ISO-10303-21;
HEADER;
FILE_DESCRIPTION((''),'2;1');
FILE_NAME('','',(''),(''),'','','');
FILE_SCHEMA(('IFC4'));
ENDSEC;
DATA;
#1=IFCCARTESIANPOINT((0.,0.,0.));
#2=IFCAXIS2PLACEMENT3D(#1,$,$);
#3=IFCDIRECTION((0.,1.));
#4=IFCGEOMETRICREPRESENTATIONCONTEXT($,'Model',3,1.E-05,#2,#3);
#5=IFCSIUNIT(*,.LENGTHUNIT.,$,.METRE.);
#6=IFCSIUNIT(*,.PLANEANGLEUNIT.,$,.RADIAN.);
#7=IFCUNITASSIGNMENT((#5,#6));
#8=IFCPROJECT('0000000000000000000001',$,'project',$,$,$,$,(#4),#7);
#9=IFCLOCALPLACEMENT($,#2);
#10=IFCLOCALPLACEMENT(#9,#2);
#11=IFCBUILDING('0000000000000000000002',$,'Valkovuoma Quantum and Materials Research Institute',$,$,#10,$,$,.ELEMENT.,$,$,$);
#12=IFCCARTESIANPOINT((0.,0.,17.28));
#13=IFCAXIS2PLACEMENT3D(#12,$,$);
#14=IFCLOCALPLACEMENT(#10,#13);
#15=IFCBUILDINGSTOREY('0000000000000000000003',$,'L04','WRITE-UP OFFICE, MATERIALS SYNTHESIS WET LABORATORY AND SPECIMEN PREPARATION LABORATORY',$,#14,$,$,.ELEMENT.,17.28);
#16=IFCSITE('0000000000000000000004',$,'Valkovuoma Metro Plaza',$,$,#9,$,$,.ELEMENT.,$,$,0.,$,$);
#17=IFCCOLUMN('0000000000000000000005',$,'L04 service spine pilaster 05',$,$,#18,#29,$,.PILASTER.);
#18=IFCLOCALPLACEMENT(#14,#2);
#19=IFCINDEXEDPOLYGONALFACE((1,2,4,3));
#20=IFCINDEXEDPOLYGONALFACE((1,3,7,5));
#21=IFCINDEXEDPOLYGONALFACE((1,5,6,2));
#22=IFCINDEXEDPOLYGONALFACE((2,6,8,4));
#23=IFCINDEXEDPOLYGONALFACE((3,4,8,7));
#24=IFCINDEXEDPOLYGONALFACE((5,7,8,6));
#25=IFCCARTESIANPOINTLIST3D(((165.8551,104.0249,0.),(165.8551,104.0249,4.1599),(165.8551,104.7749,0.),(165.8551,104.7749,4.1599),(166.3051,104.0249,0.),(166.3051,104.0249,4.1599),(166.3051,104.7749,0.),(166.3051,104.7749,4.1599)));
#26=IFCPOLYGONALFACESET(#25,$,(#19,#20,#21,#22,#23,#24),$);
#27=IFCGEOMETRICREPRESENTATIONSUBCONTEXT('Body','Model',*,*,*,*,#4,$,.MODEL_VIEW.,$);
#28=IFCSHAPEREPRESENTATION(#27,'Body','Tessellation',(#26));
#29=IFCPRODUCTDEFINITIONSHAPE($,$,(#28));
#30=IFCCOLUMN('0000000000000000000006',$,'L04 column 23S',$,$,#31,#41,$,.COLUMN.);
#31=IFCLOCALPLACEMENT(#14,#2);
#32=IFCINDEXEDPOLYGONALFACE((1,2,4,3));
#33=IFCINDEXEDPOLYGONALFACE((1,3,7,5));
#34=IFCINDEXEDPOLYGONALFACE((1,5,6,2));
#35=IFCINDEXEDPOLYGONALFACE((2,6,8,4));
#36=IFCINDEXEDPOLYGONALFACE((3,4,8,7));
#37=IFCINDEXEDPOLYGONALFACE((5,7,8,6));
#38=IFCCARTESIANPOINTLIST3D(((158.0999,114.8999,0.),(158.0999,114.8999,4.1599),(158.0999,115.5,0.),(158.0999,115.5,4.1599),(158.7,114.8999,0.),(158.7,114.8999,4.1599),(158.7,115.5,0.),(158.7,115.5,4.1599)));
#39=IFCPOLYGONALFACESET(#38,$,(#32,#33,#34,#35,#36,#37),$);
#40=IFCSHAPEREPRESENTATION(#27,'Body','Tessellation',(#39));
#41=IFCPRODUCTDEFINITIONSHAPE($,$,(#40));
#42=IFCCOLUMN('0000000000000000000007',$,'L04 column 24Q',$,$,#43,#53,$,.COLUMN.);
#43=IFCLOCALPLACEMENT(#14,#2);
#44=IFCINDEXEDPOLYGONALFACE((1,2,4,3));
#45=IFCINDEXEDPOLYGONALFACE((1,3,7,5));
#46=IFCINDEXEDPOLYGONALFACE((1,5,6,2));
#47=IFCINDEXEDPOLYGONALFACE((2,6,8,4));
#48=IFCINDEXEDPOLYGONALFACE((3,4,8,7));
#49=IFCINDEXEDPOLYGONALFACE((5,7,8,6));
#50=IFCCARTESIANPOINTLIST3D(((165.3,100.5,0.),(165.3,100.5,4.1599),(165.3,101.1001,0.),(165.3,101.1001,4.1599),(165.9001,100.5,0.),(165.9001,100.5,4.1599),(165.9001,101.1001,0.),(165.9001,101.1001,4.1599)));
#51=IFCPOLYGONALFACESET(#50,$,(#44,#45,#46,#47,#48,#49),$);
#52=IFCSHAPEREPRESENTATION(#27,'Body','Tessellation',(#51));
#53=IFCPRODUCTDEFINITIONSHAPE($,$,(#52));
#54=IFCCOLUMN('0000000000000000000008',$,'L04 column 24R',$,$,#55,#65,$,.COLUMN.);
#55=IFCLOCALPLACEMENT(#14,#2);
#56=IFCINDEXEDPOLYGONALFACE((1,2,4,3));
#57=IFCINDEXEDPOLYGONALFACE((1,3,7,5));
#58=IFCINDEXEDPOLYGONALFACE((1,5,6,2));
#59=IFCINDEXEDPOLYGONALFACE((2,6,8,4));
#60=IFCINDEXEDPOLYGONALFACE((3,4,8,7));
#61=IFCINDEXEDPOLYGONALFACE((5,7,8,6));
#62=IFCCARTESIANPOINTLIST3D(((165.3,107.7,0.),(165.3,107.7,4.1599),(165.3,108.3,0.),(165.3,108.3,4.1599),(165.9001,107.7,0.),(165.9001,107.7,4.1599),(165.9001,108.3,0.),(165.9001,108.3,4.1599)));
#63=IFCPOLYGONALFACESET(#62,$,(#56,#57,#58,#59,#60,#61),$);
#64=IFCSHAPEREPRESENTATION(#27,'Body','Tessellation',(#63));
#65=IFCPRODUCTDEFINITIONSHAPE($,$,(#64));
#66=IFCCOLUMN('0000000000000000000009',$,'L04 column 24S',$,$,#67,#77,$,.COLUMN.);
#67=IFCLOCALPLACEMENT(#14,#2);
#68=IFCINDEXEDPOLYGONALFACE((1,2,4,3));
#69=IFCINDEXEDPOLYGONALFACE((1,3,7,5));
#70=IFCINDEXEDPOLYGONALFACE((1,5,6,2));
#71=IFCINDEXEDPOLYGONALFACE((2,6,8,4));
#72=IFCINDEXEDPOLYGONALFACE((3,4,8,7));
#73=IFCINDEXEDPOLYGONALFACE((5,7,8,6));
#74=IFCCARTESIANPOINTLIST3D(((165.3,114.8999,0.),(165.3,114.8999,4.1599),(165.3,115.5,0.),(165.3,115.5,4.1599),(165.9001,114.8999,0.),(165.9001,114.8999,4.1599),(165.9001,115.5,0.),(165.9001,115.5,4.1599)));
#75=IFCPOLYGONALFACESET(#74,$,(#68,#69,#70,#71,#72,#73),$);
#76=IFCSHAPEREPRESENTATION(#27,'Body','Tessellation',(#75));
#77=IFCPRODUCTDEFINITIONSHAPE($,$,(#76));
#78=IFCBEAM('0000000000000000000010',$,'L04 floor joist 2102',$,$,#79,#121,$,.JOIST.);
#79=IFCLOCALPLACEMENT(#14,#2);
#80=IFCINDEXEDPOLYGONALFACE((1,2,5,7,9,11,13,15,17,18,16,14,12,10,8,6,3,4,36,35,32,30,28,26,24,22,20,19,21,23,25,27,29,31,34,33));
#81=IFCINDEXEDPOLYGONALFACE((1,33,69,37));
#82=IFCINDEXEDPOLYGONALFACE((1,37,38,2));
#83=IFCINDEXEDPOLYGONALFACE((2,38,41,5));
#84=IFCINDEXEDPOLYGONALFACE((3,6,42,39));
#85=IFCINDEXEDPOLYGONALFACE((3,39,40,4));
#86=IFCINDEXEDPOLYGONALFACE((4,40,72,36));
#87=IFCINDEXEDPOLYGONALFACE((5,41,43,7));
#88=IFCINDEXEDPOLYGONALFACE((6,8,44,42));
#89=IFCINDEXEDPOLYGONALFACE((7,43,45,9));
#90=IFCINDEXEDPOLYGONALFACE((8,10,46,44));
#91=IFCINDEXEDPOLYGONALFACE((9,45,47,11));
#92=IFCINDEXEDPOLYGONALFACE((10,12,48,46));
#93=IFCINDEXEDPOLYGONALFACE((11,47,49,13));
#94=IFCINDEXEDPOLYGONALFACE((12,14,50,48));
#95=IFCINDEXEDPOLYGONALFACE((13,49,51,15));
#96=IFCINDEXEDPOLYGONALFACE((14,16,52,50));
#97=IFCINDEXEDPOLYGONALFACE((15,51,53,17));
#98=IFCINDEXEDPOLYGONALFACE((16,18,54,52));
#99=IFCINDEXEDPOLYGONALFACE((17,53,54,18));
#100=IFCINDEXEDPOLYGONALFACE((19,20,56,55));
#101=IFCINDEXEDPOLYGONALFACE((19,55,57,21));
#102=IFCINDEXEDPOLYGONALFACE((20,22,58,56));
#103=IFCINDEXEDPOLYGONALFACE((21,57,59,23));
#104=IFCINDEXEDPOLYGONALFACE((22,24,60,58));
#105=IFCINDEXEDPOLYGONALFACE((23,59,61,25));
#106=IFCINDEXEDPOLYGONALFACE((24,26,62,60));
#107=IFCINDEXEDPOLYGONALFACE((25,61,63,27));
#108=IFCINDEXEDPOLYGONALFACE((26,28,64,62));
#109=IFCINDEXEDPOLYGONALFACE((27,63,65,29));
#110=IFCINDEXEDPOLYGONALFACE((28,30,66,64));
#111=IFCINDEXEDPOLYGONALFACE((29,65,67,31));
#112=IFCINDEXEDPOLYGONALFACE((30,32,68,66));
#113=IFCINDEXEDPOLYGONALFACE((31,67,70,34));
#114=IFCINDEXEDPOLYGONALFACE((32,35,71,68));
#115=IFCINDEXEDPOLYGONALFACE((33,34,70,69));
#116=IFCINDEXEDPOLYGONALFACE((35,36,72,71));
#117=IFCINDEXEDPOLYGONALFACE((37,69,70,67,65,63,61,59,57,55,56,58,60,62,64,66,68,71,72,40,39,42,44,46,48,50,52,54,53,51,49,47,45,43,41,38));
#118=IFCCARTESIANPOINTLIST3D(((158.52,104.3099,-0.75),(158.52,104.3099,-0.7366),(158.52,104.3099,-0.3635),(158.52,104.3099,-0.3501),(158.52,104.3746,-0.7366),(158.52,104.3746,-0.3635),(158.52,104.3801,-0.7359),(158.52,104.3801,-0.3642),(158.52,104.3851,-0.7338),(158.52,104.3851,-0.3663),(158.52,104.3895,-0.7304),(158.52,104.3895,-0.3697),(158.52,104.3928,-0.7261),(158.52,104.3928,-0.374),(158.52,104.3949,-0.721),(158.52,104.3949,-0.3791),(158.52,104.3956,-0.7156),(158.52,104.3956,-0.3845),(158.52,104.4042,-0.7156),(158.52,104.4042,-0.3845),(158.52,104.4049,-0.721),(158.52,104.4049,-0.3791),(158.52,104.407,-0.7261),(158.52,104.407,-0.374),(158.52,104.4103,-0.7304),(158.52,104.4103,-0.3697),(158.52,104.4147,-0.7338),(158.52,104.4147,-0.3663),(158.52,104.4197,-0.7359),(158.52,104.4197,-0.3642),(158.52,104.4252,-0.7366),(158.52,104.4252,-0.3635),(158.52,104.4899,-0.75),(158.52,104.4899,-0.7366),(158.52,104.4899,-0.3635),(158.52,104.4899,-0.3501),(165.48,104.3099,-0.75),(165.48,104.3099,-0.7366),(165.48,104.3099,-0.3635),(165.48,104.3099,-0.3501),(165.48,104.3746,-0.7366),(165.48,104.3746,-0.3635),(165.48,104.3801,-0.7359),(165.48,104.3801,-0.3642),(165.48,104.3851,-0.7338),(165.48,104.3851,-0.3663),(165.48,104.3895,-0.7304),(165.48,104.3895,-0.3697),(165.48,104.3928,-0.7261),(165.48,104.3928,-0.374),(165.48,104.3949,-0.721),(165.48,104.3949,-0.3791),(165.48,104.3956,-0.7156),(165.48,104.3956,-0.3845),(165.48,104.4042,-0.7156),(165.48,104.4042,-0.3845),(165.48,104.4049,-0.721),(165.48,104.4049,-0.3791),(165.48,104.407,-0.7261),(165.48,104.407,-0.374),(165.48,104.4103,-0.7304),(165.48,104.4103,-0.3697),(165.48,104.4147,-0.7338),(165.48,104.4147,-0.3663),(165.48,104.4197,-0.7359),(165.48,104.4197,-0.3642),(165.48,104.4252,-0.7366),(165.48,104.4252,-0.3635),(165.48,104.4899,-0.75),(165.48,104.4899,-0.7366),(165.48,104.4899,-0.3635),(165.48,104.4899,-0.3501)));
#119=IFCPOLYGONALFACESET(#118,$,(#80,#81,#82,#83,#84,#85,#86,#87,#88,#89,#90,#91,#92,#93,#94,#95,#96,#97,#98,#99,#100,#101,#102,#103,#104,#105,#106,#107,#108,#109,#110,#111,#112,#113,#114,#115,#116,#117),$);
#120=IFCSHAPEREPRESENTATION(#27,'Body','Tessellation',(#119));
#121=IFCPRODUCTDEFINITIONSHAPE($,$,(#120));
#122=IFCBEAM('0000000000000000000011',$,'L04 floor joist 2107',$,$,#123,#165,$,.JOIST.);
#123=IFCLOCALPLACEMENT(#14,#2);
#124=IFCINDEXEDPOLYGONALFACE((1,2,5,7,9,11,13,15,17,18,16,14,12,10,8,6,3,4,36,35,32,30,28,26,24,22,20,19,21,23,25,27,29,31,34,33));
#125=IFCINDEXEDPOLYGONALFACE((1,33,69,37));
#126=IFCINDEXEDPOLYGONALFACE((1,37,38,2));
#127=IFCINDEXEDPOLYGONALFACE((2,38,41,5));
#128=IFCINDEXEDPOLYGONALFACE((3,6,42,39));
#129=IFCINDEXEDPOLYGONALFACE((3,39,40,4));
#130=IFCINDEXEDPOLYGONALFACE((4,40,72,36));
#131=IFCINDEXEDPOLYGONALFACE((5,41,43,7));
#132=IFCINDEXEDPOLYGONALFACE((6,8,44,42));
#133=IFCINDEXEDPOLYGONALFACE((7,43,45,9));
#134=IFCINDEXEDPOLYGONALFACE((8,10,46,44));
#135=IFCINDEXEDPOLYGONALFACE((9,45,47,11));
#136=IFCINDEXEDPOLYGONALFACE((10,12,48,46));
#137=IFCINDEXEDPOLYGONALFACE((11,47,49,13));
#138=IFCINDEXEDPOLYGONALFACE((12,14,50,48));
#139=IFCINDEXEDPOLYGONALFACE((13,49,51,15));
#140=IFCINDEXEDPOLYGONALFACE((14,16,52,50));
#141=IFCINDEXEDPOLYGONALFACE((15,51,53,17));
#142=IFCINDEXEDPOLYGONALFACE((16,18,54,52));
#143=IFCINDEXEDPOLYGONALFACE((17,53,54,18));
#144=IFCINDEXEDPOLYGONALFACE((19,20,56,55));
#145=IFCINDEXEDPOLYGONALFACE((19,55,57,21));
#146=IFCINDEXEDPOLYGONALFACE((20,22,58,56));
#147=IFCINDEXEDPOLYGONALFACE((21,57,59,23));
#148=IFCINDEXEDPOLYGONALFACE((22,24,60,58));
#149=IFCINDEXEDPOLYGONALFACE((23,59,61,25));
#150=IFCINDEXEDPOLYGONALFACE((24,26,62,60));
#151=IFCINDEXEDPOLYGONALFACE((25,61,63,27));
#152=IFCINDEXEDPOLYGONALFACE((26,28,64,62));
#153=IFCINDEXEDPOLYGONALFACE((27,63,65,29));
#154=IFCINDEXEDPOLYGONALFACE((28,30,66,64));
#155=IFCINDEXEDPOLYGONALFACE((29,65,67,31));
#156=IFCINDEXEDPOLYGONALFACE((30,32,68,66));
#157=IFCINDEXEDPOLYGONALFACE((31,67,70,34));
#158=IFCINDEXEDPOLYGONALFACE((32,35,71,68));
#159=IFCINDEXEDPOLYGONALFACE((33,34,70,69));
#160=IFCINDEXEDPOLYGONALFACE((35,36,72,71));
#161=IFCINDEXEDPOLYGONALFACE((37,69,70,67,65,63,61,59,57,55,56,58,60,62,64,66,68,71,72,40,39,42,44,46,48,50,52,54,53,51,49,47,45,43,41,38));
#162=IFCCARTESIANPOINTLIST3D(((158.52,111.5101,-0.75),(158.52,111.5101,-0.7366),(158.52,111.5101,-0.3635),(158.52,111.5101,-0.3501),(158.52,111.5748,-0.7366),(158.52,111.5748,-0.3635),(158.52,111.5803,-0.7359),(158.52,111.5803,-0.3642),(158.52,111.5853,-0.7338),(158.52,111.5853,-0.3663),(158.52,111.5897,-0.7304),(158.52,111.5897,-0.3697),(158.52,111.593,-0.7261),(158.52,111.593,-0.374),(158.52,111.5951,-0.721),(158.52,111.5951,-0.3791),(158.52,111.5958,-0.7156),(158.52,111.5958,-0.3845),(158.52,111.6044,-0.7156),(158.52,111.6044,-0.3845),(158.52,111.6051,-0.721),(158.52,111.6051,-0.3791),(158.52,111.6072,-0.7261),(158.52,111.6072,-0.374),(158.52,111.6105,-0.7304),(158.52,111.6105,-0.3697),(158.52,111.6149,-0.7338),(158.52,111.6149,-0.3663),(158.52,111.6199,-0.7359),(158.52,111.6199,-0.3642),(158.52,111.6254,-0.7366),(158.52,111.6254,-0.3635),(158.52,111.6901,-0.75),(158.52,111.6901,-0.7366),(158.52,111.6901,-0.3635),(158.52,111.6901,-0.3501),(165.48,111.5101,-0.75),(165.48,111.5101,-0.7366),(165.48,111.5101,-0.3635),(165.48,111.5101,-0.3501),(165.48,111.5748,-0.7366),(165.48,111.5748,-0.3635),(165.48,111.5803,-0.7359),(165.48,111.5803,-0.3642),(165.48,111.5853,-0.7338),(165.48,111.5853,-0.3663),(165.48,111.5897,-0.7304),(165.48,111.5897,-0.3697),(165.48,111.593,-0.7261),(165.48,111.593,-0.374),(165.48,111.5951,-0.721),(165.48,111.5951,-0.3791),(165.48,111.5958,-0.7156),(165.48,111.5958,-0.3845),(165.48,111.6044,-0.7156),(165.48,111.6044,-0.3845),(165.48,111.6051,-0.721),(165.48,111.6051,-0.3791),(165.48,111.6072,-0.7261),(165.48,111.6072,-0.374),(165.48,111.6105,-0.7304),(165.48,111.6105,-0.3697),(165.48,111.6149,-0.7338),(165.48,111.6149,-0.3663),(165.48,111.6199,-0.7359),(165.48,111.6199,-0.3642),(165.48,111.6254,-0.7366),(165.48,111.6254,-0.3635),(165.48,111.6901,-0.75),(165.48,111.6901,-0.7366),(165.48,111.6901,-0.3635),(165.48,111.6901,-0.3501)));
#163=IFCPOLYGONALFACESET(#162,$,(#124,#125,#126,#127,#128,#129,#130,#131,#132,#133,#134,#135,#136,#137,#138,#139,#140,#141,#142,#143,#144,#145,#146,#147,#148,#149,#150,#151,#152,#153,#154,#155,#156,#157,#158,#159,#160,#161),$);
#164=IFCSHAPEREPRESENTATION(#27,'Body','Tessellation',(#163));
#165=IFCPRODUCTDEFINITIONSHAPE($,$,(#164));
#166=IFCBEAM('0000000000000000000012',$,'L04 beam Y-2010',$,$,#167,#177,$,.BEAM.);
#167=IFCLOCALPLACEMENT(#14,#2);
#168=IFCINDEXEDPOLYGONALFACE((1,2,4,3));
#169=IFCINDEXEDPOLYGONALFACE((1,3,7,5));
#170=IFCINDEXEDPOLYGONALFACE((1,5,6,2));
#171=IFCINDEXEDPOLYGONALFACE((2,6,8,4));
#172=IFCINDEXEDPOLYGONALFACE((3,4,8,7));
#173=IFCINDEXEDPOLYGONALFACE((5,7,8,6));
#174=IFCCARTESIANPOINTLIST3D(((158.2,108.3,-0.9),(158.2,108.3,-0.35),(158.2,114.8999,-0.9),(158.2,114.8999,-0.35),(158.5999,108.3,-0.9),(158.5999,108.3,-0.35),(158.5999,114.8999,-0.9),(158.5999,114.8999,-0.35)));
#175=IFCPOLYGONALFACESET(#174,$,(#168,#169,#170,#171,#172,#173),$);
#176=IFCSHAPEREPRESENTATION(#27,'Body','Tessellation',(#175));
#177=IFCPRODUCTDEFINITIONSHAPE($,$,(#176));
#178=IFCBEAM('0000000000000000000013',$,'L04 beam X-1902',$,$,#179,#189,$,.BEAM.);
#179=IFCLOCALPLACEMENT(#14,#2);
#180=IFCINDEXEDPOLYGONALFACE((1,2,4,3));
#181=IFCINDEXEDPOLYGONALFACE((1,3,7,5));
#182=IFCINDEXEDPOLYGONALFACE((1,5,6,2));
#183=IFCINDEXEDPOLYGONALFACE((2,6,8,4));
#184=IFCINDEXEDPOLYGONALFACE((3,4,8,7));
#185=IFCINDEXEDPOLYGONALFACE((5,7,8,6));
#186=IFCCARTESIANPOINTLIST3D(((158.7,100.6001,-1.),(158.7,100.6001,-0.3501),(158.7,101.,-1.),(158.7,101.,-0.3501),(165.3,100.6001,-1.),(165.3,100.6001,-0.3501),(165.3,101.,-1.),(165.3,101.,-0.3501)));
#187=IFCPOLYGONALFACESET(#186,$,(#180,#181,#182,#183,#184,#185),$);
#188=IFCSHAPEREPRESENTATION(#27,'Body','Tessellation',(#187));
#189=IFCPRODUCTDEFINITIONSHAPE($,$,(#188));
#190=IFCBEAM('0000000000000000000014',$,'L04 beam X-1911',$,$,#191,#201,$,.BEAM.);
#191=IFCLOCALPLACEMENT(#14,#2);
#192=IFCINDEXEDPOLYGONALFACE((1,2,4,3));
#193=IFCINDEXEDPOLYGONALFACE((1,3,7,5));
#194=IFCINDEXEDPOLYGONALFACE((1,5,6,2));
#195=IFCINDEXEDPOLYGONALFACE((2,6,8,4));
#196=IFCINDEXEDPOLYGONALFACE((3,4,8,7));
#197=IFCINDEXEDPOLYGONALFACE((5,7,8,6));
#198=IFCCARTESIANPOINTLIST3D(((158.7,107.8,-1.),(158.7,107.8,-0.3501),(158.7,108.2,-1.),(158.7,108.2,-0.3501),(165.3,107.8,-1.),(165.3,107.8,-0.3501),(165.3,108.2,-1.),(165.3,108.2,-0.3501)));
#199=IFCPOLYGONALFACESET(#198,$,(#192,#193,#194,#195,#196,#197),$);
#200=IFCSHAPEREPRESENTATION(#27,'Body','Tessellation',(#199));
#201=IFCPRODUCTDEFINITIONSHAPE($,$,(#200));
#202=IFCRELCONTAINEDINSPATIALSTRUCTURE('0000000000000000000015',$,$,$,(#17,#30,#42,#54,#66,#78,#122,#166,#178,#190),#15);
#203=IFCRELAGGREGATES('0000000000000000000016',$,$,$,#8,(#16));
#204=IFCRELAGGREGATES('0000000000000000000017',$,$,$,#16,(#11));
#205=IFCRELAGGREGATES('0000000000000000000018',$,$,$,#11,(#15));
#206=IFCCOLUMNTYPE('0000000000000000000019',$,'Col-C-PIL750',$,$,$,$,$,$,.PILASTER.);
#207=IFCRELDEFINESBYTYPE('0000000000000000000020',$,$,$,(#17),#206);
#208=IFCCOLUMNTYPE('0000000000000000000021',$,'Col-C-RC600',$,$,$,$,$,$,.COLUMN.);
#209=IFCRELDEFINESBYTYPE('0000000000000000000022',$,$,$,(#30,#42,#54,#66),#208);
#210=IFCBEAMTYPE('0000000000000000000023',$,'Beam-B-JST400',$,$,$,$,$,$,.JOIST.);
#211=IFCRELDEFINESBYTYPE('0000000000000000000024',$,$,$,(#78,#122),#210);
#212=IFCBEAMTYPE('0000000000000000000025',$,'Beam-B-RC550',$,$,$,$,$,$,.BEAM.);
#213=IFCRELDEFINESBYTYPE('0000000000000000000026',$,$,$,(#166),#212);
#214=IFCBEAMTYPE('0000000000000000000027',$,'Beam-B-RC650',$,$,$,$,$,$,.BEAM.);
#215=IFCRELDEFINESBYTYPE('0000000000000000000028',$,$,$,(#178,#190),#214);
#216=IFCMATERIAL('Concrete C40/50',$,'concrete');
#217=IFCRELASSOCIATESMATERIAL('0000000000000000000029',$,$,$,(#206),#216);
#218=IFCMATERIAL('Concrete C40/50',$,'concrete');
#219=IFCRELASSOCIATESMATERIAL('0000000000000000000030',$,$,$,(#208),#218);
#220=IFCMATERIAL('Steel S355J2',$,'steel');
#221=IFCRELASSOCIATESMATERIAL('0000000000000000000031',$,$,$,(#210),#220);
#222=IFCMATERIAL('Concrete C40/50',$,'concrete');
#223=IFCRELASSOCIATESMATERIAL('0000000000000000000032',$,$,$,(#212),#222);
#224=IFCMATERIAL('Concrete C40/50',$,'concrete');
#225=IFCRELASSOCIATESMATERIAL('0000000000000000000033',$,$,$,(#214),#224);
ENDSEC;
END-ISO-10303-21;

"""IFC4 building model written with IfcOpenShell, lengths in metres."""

from ifc_helpers import new_model, si_unit, direction, frame, origin, origin_2d, place, context, subcontext, project, spatial, rectangle, i_section, extrude, material, material_profile, profile_set, type_object, element, save


model = new_model("IFC4")

# Units and contexts
model_context = context("Model", 3, precision=1e-05, world=origin(), true_north=direction((0.0, 1.0)))
body_context = subcontext(model_context, "Body", "Model", "MODEL_VIEW")
ifc_project = project(units=[si_unit("LENGTHUNIT", "METRE"), si_unit("PLANEANGLEUNIT", "RADIAN")], contexts=[model_context])

# Site, building, storey
site_placement = place(None, origin())
site = spatial("IfcSite", under=ifc_project, at=site_placement, Name="Valkovuoma Metro Plaza", CompositionType="ELEMENT", RefElevation=0.0)
building_placement = place(site_placement, origin())
building = spatial("IfcBuilding", under=site, at=building_placement, Name="Valkovuoma Quantum and Materials Research Institute", CompositionType="ELEMENT")
storey_placement = place(building_placement, frame((0.0, 0.0, 17.28)))
storey = spatial("IfcBuildingStorey", under=building, at=storey_placement, Name="L04", Description="WRITE-UP OFFICE, MATERIALS SYNTHESIS WET LABORATORY AND SPECIMEN PREPARATION LABORATORY", CompositionType="ELEMENT", Elevation=17.28)

# Columns
ifc_material_1 = material(Name="Concrete C40/50", Category="concrete")
ifc_material_profile_1 = material_profile(ifc_material_1, rectangle(XDim=0.45, YDim=0.75, at=origin_2d()), Name="Concrete C40/50")
ifc_profile_set_1 = profile_set([ifc_material_profile_1], Name="Concrete C40/50")
column_type_1 = type_object("IfcColumnType", Name="Col-C-PIL750", PredefinedType="PILASTER", material=ifc_profile_set_1)
column_placement = place(storey_placement, frame((166.0801, 104.3999, 0.0), z_axis=(0.0, 0.0, 1.0), x_axis=(1.0, 0.0, 0.0)))
element("IfcColumn", 1, at=column_placement, inside=storey, type_object=column_type_1, Name="L04 service spine pilaster 05", PredefinedType="PILASTER", context=body_context, shape_type="SweptSolid", body=[
    extrude(rectangle(XDim=0.45, YDim=0.75, at=origin_2d()), origin(), (0.0, 0.0, 1.0), 4.1599),
])
ifc_material_2 = material(Name="Concrete C40/50", Category="concrete")
ifc_material_profile_2 = material_profile(ifc_material_2, rectangle(XDim=0.6001, YDim=0.6001, at=origin_2d()), Name="Concrete C40/50")
ifc_profile_set_2 = profile_set([ifc_material_profile_2], Name="Concrete C40/50")
column_type_2 = type_object("IfcColumnType", Name="Col-C-RC600", PredefinedType="COLUMN", material=ifc_profile_set_2)
for number, where, z_axis, x_axis, name in (
    (2, (158.3999, 115.2, 0.0), (0.0, 0.0, 1.0), (1.0, 0.0, 0.0), "L04 column 23S"),
    (3, (165.6001, 100.8, 0.0), (0.0, 0.0, 1.0), (1.0, 0.0, 0.0), "L04 column 24Q"),
    (4, (165.6001, 108.0, 0.0), (0.0, 0.0, 1.0), (1.0, 0.0, 0.0), "L04 column 24R"),
    (5, (165.6001, 115.2, 0.0), (0.0, 0.0, 1.0), (1.0, 0.0, 0.0), "L04 column 24S"),
):
    element("IfcColumn", number, at=place(storey_placement, frame(where, z_axis=z_axis, x_axis=x_axis)), inside=storey, type_object=column_type_2, Name=name, PredefinedType="COLUMN", context=body_context, shape_type="SweptSolid", body=[
        extrude(rectangle(XDim=0.6001, YDim=0.6001, at=origin_2d()), origin(), (0.0, 0.0, 1.0), 4.1599),
    ])

# Beams
ifc_material_3 = material(Name="Steel S355J2", Category="steel")
ifc_material_profile_3 = material_profile(ifc_material_3, i_section(OverallWidth=0.1799, OverallDepth=0.3999, WebThickness=0.0085, FlangeThickness=0.0134, FilletRadius=0.021, at=origin_2d()), Name="Steel S355J2")
ifc_profile_set_3 = profile_set([ifc_material_profile_3], Name="Steel S355J2")
beam_type_1 = type_object("IfcBeamType", Name="Beam-B-JST400", PredefinedType="JOIST", material=ifc_profile_set_3)
for number, where, z_axis, x_axis, name in (
    (6, (158.52, 104.3999, -0.55), (1.0, 0.0, 0.0), (0.0, 1.0, 0.0), "L04 floor joist 2102"),
    (7, (158.52, 111.6001, -0.55), (1.0, 0.0, 0.0), (0.0, 1.0, 0.0), "L04 floor joist 2107"),
):
    element("IfcBeam", number, at=place(storey_placement, frame(where, z_axis=z_axis, x_axis=x_axis)), inside=storey, type_object=beam_type_1, Name=name, PredefinedType="JOIST", context=body_context, shape_type="SweptSolid", body=[
        extrude(i_section(OverallWidth=0.1799, OverallDepth=0.3999, WebThickness=0.0085, FlangeThickness=0.0134, FilletRadius=0.021, at=origin_2d()), origin(), (0.0, 0.0, 1.0), 6.96),
    ])
ifc_material_4 = material(Name="Concrete C40/50", Category="concrete")
ifc_material_profile_4 = material_profile(ifc_material_4, rectangle(XDim=0.3999, YDim=0.55, at=origin_2d()), Name="Concrete C40/50")
ifc_profile_set_4 = profile_set([ifc_material_profile_4], Name="Concrete C40/50")
beam_type_2 = type_object("IfcBeamType", Name="Beam-B-RC550", PredefinedType="BEAM", material=ifc_profile_set_4)
beam_1_placement = place(storey_placement, frame((158.3999, 108.3, -0.625), z_axis=(0.0, 1.0, 0.0), x_axis=(-1.0, 0.0, 0.0)))
element("IfcBeam", 8, at=beam_1_placement, inside=storey, type_object=beam_type_2, Name="L04 beam Y-2010", PredefinedType="BEAM", context=body_context, shape_type="SweptSolid", body=[
    extrude(rectangle(XDim=0.3999, YDim=0.55, at=origin_2d()), origin(), (0.0, 0.0, 1.0), 6.5999),
])
ifc_material_5 = material(Name="Concrete C40/50", Category="concrete")
ifc_material_profile_5 = material_profile(ifc_material_5, rectangle(XDim=0.3999, YDim=0.6499, at=origin_2d()), Name="Concrete C40/50")
ifc_profile_set_5 = profile_set([ifc_material_profile_5], Name="Concrete C40/50")
beam_type_3 = type_object("IfcBeamType", Name="Beam-B-RC650", PredefinedType="BEAM", material=ifc_profile_set_5)
for number, where, z_axis, x_axis, name in (
    (9, (158.7, 100.8, -0.675), (1.0, 0.0, 0.0), (0.0, 1.0, 0.0), "L04 beam X-1902"),
    (10, (158.7, 108.0, -0.675), (1.0, 0.0, 0.0), (0.0, 1.0, 0.0), "L04 beam X-1911"),
):
    element("IfcBeam", number, at=place(storey_placement, frame(where, z_axis=z_axis, x_axis=x_axis)), inside=storey, type_object=beam_type_3, Name=name, PredefinedType="BEAM", context=body_context, shape_type="SweptSolid", body=[
        extrude(rectangle(XDim=0.3999, YDim=0.6499, at=origin_2d()), origin(), (0.0, 0.0, 1.0), 6.6001),
    ])

save(model, "model.ifc")
